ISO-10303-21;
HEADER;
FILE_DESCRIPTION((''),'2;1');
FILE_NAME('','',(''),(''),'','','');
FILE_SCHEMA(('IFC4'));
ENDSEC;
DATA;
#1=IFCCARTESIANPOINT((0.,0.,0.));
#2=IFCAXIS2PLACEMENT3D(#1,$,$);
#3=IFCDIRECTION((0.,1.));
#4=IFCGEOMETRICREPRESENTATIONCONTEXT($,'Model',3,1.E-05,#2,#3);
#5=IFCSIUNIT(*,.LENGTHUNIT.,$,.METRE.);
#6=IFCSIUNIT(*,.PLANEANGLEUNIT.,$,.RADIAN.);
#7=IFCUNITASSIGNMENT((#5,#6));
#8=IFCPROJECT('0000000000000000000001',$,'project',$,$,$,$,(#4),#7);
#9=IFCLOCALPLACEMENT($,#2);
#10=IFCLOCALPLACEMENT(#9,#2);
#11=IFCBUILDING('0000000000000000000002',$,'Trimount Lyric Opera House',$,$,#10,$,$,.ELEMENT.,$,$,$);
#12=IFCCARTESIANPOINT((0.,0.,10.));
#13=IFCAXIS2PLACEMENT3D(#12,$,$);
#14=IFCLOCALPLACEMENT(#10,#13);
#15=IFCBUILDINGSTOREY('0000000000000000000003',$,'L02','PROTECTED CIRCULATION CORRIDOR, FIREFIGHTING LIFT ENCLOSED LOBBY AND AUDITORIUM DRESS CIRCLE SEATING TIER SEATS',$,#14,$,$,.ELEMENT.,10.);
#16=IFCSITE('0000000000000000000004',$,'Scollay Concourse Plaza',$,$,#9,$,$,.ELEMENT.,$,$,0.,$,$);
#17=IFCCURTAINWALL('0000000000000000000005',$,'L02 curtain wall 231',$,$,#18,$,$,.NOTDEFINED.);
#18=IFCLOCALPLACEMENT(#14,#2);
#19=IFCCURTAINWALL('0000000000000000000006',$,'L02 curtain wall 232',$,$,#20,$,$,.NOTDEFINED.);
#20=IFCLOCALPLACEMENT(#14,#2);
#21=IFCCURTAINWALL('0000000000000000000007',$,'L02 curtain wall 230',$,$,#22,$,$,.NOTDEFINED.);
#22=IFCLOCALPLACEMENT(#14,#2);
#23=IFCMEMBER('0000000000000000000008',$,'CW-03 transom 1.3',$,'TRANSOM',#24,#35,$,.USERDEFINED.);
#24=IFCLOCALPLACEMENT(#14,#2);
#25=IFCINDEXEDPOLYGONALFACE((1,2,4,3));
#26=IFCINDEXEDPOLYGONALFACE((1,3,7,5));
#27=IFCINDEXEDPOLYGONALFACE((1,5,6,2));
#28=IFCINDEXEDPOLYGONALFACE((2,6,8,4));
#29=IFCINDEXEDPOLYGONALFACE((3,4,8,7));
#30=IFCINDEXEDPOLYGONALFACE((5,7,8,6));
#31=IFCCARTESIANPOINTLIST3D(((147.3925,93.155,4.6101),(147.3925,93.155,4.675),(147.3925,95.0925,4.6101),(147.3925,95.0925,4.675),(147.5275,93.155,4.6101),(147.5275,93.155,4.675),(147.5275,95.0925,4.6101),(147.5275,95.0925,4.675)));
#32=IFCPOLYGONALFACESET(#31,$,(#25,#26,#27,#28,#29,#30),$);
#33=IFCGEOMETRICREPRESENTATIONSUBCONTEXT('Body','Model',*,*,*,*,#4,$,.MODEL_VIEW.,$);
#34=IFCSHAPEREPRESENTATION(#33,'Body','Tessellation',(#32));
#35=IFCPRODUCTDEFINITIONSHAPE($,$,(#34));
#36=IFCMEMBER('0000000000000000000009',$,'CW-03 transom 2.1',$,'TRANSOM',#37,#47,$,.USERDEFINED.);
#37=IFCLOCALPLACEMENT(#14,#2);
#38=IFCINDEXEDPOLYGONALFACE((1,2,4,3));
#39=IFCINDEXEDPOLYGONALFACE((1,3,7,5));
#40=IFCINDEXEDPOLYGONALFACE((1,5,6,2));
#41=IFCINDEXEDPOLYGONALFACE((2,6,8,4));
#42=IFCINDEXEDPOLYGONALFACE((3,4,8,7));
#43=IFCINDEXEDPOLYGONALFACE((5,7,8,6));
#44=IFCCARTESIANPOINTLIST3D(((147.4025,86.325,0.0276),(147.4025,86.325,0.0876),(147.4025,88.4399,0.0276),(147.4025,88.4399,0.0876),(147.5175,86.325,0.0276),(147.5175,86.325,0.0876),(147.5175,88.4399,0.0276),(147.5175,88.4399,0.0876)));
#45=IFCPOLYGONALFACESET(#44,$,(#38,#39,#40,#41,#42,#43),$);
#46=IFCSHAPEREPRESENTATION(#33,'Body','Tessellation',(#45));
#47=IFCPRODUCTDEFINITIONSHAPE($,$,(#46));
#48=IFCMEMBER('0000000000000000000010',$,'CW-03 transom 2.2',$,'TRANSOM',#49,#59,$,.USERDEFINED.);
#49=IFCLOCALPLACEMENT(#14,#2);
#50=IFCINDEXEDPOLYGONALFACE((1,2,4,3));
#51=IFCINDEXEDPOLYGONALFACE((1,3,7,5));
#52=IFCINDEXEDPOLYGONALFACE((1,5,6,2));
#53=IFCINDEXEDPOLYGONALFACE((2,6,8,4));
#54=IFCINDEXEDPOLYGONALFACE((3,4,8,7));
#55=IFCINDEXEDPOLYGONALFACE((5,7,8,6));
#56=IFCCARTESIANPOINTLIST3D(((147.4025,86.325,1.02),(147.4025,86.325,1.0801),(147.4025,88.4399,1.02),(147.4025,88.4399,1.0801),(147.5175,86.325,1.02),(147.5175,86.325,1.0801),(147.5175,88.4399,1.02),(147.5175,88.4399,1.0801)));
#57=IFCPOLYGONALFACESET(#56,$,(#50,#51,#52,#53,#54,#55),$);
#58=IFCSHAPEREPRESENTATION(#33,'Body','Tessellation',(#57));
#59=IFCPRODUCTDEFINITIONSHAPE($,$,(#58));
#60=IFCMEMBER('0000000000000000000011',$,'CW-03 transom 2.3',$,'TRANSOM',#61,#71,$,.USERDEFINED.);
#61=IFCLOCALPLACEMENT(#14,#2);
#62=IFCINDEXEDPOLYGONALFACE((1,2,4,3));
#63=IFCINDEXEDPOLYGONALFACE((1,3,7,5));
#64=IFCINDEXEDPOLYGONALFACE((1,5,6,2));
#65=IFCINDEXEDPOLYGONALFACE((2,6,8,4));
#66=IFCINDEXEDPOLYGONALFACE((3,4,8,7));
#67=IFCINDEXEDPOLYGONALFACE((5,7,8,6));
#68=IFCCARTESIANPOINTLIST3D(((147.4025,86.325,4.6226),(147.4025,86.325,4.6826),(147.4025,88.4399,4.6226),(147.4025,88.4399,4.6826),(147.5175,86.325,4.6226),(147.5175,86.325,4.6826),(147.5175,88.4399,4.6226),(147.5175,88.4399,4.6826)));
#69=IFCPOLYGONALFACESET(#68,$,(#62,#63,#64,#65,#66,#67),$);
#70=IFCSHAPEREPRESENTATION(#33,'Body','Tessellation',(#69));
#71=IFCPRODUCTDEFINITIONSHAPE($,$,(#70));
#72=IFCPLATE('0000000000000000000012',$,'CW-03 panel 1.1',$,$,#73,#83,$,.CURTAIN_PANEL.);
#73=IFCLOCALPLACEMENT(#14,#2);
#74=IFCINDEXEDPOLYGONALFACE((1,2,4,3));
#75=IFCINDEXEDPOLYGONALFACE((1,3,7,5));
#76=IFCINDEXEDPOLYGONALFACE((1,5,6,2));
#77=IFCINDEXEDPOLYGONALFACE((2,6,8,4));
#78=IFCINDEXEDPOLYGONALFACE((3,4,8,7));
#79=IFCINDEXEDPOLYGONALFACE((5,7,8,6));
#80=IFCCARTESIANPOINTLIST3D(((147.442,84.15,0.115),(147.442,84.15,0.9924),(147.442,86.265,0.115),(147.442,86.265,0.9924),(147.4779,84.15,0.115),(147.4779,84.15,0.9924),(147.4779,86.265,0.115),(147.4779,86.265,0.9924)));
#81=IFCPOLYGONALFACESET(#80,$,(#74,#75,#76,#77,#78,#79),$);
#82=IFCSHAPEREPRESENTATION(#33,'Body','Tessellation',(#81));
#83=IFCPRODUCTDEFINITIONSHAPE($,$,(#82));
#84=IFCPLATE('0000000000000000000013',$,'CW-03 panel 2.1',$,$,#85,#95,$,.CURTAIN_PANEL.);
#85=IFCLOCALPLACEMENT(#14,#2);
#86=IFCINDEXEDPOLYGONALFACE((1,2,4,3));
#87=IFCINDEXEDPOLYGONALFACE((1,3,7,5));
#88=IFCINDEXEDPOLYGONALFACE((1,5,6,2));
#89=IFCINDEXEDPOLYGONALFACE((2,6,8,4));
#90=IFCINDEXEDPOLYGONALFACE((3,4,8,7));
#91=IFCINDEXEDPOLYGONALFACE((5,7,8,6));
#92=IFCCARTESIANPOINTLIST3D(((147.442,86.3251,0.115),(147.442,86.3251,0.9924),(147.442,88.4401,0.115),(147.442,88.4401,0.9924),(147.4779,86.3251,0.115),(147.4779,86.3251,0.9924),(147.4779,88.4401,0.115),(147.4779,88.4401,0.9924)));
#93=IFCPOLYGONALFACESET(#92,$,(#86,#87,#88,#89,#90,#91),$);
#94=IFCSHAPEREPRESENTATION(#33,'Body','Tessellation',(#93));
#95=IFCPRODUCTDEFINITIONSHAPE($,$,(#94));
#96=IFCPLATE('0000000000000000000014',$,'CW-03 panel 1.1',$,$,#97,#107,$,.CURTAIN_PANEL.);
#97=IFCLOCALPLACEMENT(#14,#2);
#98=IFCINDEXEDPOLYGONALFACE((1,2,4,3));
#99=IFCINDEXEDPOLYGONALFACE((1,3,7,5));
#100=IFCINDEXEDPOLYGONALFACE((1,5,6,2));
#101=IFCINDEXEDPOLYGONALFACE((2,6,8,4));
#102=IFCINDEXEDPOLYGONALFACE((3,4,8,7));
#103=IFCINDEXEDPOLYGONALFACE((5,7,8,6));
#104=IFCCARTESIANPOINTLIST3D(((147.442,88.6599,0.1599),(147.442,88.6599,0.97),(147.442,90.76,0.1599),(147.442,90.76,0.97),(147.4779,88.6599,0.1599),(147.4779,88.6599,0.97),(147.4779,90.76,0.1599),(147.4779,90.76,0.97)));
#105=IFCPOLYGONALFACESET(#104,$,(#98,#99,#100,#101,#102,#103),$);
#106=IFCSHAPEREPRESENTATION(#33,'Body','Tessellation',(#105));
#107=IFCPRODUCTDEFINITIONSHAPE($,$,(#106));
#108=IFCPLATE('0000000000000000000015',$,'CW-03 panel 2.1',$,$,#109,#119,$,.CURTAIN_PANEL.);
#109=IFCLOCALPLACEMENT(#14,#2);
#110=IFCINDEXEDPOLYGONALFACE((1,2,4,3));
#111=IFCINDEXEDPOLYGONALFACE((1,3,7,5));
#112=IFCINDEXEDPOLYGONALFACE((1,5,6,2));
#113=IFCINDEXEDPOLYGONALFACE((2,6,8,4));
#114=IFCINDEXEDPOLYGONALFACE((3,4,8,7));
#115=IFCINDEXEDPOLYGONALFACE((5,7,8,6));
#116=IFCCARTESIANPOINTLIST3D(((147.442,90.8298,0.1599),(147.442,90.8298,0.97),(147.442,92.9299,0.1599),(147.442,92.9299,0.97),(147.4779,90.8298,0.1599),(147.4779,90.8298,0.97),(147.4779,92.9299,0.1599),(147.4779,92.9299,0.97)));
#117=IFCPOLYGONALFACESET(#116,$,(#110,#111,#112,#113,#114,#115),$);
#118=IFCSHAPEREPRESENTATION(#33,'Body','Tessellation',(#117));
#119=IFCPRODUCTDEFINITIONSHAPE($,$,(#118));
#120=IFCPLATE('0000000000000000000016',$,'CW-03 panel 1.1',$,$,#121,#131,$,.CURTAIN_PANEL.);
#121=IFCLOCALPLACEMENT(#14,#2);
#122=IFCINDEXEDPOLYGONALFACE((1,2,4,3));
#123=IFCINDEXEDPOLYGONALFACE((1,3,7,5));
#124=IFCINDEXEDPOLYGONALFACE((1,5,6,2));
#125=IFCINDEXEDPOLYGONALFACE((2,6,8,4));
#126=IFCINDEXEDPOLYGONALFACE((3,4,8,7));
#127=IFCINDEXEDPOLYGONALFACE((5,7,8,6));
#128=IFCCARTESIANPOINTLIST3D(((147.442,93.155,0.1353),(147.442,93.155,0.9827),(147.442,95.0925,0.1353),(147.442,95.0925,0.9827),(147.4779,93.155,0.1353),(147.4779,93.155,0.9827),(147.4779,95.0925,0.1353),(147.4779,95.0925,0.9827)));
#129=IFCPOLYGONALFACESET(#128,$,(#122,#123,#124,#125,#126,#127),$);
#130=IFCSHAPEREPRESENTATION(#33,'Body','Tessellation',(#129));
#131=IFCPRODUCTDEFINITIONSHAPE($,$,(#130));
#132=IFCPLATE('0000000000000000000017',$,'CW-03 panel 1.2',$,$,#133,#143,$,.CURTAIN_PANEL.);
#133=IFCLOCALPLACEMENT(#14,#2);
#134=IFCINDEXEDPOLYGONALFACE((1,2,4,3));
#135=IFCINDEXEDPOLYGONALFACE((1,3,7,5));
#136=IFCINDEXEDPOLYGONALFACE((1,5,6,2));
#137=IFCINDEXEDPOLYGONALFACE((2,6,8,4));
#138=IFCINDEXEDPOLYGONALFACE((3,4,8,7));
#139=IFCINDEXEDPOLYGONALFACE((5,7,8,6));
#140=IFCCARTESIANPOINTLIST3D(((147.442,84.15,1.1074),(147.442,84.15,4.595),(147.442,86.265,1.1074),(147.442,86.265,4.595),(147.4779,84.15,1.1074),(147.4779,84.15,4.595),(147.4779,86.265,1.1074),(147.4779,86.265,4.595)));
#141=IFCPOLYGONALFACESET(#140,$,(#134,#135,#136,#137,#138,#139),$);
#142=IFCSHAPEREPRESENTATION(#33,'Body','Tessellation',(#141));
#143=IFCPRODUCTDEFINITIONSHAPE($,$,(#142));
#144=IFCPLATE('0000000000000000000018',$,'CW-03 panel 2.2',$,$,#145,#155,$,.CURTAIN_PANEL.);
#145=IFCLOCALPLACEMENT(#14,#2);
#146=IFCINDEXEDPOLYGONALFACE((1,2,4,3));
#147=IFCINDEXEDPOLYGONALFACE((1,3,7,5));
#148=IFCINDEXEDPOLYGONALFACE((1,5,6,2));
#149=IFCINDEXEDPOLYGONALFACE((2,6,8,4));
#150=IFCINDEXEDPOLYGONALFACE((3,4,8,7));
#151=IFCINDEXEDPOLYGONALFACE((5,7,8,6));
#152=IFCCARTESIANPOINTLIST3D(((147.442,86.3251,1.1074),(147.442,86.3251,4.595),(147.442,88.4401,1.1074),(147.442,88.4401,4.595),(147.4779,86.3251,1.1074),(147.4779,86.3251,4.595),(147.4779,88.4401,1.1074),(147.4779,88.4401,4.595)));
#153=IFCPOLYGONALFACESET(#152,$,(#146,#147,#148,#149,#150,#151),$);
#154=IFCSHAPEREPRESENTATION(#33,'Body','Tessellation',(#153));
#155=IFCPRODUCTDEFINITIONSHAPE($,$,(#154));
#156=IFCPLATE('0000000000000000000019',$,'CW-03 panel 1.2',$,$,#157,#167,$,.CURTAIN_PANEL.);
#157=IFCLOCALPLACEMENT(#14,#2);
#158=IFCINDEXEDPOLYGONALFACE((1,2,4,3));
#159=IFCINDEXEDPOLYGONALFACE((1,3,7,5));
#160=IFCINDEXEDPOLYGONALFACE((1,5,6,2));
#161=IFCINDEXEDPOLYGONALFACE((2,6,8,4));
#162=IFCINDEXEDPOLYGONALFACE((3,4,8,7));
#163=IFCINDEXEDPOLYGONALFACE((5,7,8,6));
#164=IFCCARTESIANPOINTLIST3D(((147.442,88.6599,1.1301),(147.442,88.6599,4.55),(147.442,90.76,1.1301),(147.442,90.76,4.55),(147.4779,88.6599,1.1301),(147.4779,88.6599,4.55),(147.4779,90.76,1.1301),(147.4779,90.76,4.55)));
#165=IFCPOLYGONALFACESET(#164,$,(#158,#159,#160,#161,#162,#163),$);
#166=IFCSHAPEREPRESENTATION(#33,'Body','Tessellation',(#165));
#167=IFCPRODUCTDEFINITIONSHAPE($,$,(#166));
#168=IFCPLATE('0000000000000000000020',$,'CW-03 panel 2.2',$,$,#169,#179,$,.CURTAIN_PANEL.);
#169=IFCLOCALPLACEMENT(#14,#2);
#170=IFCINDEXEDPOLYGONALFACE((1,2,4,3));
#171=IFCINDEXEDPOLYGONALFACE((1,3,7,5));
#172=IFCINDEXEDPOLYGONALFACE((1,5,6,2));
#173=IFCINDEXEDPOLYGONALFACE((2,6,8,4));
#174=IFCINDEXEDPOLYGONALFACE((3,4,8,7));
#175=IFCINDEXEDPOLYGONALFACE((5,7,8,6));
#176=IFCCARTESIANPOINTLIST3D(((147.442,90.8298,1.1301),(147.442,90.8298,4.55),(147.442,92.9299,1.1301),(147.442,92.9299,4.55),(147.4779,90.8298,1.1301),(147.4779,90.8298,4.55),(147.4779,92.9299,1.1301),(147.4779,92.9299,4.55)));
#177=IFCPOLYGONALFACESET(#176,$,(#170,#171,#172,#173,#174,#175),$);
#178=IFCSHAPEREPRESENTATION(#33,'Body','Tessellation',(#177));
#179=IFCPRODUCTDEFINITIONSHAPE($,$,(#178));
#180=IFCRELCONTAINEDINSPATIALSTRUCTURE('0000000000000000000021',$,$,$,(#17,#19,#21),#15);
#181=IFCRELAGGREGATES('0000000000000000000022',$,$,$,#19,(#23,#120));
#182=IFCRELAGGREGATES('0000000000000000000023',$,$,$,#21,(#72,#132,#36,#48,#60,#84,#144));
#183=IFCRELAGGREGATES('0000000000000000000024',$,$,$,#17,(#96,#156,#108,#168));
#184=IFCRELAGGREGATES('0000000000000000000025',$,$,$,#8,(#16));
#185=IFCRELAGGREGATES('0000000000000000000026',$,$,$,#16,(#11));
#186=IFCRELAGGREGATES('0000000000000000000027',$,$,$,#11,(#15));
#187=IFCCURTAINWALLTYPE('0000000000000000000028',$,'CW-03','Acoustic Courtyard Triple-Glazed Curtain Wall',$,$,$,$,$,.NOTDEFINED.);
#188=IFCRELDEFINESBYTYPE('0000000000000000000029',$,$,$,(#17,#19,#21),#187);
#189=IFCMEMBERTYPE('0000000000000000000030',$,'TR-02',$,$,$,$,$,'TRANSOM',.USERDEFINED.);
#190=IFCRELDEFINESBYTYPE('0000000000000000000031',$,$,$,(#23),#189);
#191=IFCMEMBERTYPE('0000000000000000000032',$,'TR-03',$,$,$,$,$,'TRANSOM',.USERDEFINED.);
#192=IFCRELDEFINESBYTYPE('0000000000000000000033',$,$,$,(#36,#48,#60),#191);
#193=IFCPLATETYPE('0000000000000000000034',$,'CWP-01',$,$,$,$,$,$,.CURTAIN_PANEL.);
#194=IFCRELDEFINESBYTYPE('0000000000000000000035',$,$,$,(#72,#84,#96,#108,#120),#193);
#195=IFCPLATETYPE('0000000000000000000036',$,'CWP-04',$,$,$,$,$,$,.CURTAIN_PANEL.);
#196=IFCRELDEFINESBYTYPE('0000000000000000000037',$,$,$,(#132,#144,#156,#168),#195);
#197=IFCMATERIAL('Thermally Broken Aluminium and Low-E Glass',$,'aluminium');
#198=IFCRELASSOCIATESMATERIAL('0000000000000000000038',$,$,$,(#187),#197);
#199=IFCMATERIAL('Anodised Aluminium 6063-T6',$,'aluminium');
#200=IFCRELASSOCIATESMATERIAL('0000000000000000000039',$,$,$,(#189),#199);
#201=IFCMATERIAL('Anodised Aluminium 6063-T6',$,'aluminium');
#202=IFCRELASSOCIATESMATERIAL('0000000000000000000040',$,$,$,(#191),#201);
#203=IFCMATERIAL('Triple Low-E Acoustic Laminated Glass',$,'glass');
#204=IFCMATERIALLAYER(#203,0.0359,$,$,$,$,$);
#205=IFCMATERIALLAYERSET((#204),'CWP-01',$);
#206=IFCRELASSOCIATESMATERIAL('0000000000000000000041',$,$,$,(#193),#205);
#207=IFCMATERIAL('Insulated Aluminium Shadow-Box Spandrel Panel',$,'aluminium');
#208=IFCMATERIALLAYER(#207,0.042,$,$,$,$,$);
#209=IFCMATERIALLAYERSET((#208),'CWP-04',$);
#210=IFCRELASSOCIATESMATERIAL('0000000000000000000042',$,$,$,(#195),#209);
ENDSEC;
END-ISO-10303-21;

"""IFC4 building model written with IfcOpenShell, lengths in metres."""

from ifc_helpers import new_model, si_unit, direction, frame, origin, origin_2d, place, context, subcontext, project, spatial, rectangle, extrude, material, layer, layer_set, material_profile, profile_set, type_object, element, aggregate, save


model = new_model("IFC4")

# Units and contexts
model_context = context("Model", 3, precision=1e-05, world=origin(), true_north=direction((0.0, 1.0)))
body_context = subcontext(model_context, "Body", "Model", "MODEL_VIEW")
ifc_project = project(units=[si_unit("LENGTHUNIT", "METRE"), si_unit("PLANEANGLEUNIT", "RADIAN")], contexts=[model_context])

# Site, building, storey
site_placement = place(None, origin())
site = spatial("IfcSite", under=ifc_project, at=site_placement, Name="Scollay Concourse Plaza", CompositionType="ELEMENT", RefElevation=0.0)
building_placement = place(site_placement, origin())
building = spatial("IfcBuilding", under=site, at=building_placement, Name="Trimount Lyric Opera House", CompositionType="ELEMENT")
storey_placement = place(building_placement, frame((0.0, 0.0, 10.0)))
storey = spatial("IfcBuildingStorey", under=building, at=storey_placement, Name="L02", Description="PROTECTED CIRCULATION CORRIDOR, FIREFIGHTING LIFT ENCLOSED LOBBY AND AUDITORIUM DRESS CIRCLE SEATING TIER SEATS", CompositionType="ELEMENT", Elevation=10.0)

# Curtain wall
ifc_material_1 = material(Name="Thermally Broken Aluminium and Low-E Glass", Category="aluminium")
curtain_wall_type = type_object("IfcCurtainWallType", Name="CW-03", Description="Acoustic Courtyard Triple-Glazed Curtain Wall", PredefinedType="NOTDEFINED", material=ifc_material_1)
curtain_wall_1_placement = place(storey_placement, origin())
curtain_wall_1 = element("IfcCurtainWall", 1, at=curtain_wall_1_placement, inside=storey, type_object=curtain_wall_type, Name="L02 curtain wall 231", PredefinedType="NOTDEFINED")

# Curtain wall
curtain_wall_2_placement = place(storey_placement, origin())
curtain_wall_2 = element("IfcCurtainWall", 2, at=curtain_wall_2_placement, inside=storey, type_object=curtain_wall_type, Name="L02 curtain wall 232", PredefinedType="NOTDEFINED")

# Curtain wall
curtain_wall_3_placement = place(storey_placement, origin())
curtain_wall_3 = element("IfcCurtainWall", 3, at=curtain_wall_3_placement, inside=storey, type_object=curtain_wall_type, Name="L02 curtain wall 230", PredefinedType="NOTDEFINED")

# Members
ifc_material_2 = material(Name="Anodised Aluminium 6063-T6", Category="aluminium")
ifc_material_profile_1 = material_profile(ifc_material_2, rectangle(XDim=0.135, YDim=0.0649, at=origin_2d()), Name="ALU-TRAN-65X135")
ifc_profile_set_1 = profile_set([ifc_material_profile_1], Name="Anodised Aluminium 6063-T6")
member_type_1 = type_object("IfcMemberType", Name="TR-02", ElementType="TRANSOM", PredefinedType="USERDEFINED", material=ifc_profile_set_1)
member_1_placement = place(storey_placement, frame((147.46, 93.155, 4.6426), z_axis=(0.0, 1.0, 0.0), x_axis=(-1.0, 0.0, 0.0)))
member_1 = element("IfcMember", 4, at=member_1_placement, type_object=member_type_1, Name="CW-03 transom 1.3", ObjectType="TRANSOM", PredefinedType="USERDEFINED", context=body_context, shape_type="SweptSolid", body=[
    extrude(rectangle(XDim=0.135, YDim=0.0649, at=origin_2d()), origin(), (0.0, 0.0, 1.0), 1.9375),
])
ifc_material_3 = material(Name="Anodised Aluminium 6063-T6", Category="aluminium")
ifc_material_profile_2 = material_profile(ifc_material_3, rectangle(XDim=0.115, YDim=0.0601, at=origin_2d()), Name="ALU-TRAN-60X115")
ifc_profile_set_2 = profile_set([ifc_material_profile_2], Name="Anodised Aluminium 6063-T6")
member_type_2 = type_object("IfcMemberType", Name="TR-03", ElementType="TRANSOM", PredefinedType="USERDEFINED", material=ifc_profile_set_2)
member_2_placement = place(storey_placement, frame((147.46, 86.325, 0.0576), z_axis=(0.0, 1.0, 0.0), x_axis=(-1.0, 0.0, 0.0)))
member_2 = element("IfcMember", 5, at=member_2_placement, type_object=member_type_2, Name="CW-03 transom 2.1", ObjectType="TRANSOM", PredefinedType="USERDEFINED", context=body_context, shape_type="SweptSolid", body=[
    extrude(rectangle(XDim=0.115, YDim=0.0601, at=origin_2d()), origin(), (0.0, 0.0, 1.0), 2.115),
])
member_3_placement = place(storey_placement, frame((147.46, 86.325, 1.05), z_axis=(0.0, 1.0, 0.0), x_axis=(-1.0, 0.0, 0.0)))
member_3 = element("IfcMember", 6, at=member_3_placement, type_object=member_type_2, Name="CW-03 transom 2.2", ObjectType="TRANSOM", PredefinedType="USERDEFINED", context=body_context, shape_type="SweptSolid", body=[
    extrude(rectangle(XDim=0.115, YDim=0.0601, at=origin_2d()), origin(), (0.0, 0.0, 1.0), 2.115),
])
member_4_placement = place(storey_placement, frame((147.46, 86.325, 4.6526), z_axis=(0.0, 1.0, 0.0), x_axis=(-1.0, 0.0, 0.0)))
member_4 = element("IfcMember", 7, at=member_4_placement, type_object=member_type_2, Name="CW-03 transom 2.3", ObjectType="TRANSOM", PredefinedType="USERDEFINED", context=body_context, shape_type="SweptSolid", body=[
    extrude(rectangle(XDim=0.115, YDim=0.0601, at=origin_2d()), origin(), (0.0, 0.0, 1.0), 2.115),
])

# Plates
ifc_material_4 = material(Name="Triple Low-E Acoustic Laminated Glass", Category="glass")
ifc_layer_1 = layer(ifc_material_4, 0.0359)
ifc_layer_set_1 = layer_set([ifc_layer_1], Name="CWP-01")
plate_type_1 = type_object("IfcPlateType", Name="CWP-01", PredefinedType="CURTAIN_PANEL", material=ifc_layer_set_1)
plate_1_placement = place(storey_placement, frame((147.46, 85.2075, 0.115), z_axis=(0.0, 0.0, 1.0), x_axis=(0.0, 1.0, 0.0)))
plate_1 = element("IfcPlate", 8, at=plate_1_placement, type_object=plate_type_1, Name="CW-03 panel 1.1", PredefinedType="CURTAIN_PANEL", context=body_context, shape_type="SweptSolid", body=[
    extrude(rectangle(XDim=2.115, YDim=0.0359, at=origin_2d()), origin(), (0.0, 0.0, 1.0), 0.8774),
])
plate_2_placement = place(storey_placement, frame((147.46, 87.3826, 0.115), z_axis=(0.0, 0.0, 1.0), x_axis=(0.0, 1.0, 0.0)))
plate_2 = element("IfcPlate", 9, at=plate_2_placement, type_object=plate_type_1, Name="CW-03 panel 2.1", PredefinedType="CURTAIN_PANEL", context=body_context, shape_type="SweptSolid", body=[
    extrude(rectangle(XDim=2.115, YDim=0.0359, at=origin_2d()), origin(), (0.0, 0.0, 1.0), 0.8774),
])
plate_3_placement = place(storey_placement, frame((147.46, 89.71, 0.1599), z_axis=(0.0, 0.0, 1.0), x_axis=(0.0, 1.0, 0.0)))
plate_3 = element("IfcPlate", 10, at=plate_3_placement, type_object=plate_type_1, Name="CW-03 panel 1.1", PredefinedType="CURTAIN_PANEL", context=body_context, shape_type="SweptSolid", body=[
    extrude(rectangle(XDim=2.1001, YDim=0.0359, at=origin_2d()), origin(), (0.0, 0.0, 1.0), 0.8101),
])
plate_4_placement = place(storey_placement, frame((147.46, 91.8799, 0.1599), z_axis=(0.0, 0.0, 1.0), x_axis=(0.0, 1.0, 0.0)))
plate_4 = element("IfcPlate", 11, at=plate_4_placement, type_object=plate_type_1, Name="CW-03 panel 2.1", PredefinedType="CURTAIN_PANEL", context=body_context, shape_type="SweptSolid", body=[
    extrude(rectangle(XDim=2.1001, YDim=0.0359, at=origin_2d()), origin(), (0.0, 0.0, 1.0), 0.8101),
])
plate_5_placement = place(storey_placement, frame((147.46, 94.1238, 0.1353), z_axis=(0.0, 0.0, 1.0), x_axis=(0.0, 1.0, 0.0)))
plate_5 = element("IfcPlate", 12, at=plate_5_placement, type_object=plate_type_1, Name="CW-03 panel 1.1", PredefinedType="CURTAIN_PANEL", context=body_context, shape_type="SweptSolid", body=[
    extrude(rectangle(XDim=1.9375, YDim=0.0359, at=origin_2d()), origin(), (0.0, 0.0, 1.0), 0.8474),
])
aggregate(curtain_wall_2, [member_1, plate_5])
ifc_material_5 = material(Name="Insulated Aluminium Shadow-Box Spandrel Panel", Category="aluminium")
ifc_layer_2 = layer(ifc_material_5, 0.042)
ifc_layer_set_2 = layer_set([ifc_layer_2], Name="CWP-04")
plate_type_2 = type_object("IfcPlateType", Name="CWP-04", PredefinedType="CURTAIN_PANEL", material=ifc_layer_set_2)
plate_6_placement = place(storey_placement, frame((147.46, 85.2075, 1.1074), z_axis=(0.0, 0.0, 1.0), x_axis=(0.0, 1.0, 0.0)))
plate_6 = element("IfcPlate", 13, at=plate_6_placement, type_object=plate_type_2, Name="CW-03 panel 1.2", PredefinedType="CURTAIN_PANEL", context=body_context, shape_type="SweptSolid", body=[
    extrude(rectangle(XDim=2.115, YDim=0.0359, at=origin_2d()), origin(), (0.0, 0.0, 1.0), 3.4875),
])
plate_7_placement = place(storey_placement, frame((147.46, 87.3826, 1.1074), z_axis=(0.0, 0.0, 1.0), x_axis=(0.0, 1.0, 0.0)))
plate_7 = element("IfcPlate", 14, at=plate_7_placement, type_object=plate_type_2, Name="CW-03 panel 2.2", PredefinedType="CURTAIN_PANEL", context=body_context, shape_type="SweptSolid", body=[
    extrude(rectangle(XDim=2.115, YDim=0.0359, at=origin_2d()), origin(), (0.0, 0.0, 1.0), 3.4875),
])
aggregate(curtain_wall_3, [plate_1, plate_6, member_2, member_3, member_4, plate_2, plate_7])
plate_8_placement = place(storey_placement, frame((147.46, 89.71, 1.1301), z_axis=(0.0, 0.0, 1.0), x_axis=(0.0, 1.0, 0.0)))
plate_8 = element("IfcPlate", 15, at=plate_8_placement, type_object=plate_type_2, Name="CW-03 panel 1.2", PredefinedType="CURTAIN_PANEL", context=body_context, shape_type="SweptSolid", body=[
    extrude(rectangle(XDim=2.1001, YDim=0.0359, at=origin_2d()), origin(), (0.0, 0.0, 1.0), 3.4199),
])
plate_9_placement = place(storey_placement, frame((147.46, 91.8799, 1.1301), z_axis=(0.0, 0.0, 1.0), x_axis=(0.0, 1.0, 0.0)))
plate_9 = element("IfcPlate", 16, at=plate_9_placement, type_object=plate_type_2, Name="CW-03 panel 2.2", PredefinedType="CURTAIN_PANEL", context=body_context, shape_type="SweptSolid", body=[
    extrude(rectangle(XDim=2.1001, YDim=0.0359, at=origin_2d()), origin(), (0.0, 0.0, 1.0), 3.4199),
])
aggregate(curtain_wall_1, [plate_3, plate_8, plate_4, plate_9])

save(model, "model.ifc")
